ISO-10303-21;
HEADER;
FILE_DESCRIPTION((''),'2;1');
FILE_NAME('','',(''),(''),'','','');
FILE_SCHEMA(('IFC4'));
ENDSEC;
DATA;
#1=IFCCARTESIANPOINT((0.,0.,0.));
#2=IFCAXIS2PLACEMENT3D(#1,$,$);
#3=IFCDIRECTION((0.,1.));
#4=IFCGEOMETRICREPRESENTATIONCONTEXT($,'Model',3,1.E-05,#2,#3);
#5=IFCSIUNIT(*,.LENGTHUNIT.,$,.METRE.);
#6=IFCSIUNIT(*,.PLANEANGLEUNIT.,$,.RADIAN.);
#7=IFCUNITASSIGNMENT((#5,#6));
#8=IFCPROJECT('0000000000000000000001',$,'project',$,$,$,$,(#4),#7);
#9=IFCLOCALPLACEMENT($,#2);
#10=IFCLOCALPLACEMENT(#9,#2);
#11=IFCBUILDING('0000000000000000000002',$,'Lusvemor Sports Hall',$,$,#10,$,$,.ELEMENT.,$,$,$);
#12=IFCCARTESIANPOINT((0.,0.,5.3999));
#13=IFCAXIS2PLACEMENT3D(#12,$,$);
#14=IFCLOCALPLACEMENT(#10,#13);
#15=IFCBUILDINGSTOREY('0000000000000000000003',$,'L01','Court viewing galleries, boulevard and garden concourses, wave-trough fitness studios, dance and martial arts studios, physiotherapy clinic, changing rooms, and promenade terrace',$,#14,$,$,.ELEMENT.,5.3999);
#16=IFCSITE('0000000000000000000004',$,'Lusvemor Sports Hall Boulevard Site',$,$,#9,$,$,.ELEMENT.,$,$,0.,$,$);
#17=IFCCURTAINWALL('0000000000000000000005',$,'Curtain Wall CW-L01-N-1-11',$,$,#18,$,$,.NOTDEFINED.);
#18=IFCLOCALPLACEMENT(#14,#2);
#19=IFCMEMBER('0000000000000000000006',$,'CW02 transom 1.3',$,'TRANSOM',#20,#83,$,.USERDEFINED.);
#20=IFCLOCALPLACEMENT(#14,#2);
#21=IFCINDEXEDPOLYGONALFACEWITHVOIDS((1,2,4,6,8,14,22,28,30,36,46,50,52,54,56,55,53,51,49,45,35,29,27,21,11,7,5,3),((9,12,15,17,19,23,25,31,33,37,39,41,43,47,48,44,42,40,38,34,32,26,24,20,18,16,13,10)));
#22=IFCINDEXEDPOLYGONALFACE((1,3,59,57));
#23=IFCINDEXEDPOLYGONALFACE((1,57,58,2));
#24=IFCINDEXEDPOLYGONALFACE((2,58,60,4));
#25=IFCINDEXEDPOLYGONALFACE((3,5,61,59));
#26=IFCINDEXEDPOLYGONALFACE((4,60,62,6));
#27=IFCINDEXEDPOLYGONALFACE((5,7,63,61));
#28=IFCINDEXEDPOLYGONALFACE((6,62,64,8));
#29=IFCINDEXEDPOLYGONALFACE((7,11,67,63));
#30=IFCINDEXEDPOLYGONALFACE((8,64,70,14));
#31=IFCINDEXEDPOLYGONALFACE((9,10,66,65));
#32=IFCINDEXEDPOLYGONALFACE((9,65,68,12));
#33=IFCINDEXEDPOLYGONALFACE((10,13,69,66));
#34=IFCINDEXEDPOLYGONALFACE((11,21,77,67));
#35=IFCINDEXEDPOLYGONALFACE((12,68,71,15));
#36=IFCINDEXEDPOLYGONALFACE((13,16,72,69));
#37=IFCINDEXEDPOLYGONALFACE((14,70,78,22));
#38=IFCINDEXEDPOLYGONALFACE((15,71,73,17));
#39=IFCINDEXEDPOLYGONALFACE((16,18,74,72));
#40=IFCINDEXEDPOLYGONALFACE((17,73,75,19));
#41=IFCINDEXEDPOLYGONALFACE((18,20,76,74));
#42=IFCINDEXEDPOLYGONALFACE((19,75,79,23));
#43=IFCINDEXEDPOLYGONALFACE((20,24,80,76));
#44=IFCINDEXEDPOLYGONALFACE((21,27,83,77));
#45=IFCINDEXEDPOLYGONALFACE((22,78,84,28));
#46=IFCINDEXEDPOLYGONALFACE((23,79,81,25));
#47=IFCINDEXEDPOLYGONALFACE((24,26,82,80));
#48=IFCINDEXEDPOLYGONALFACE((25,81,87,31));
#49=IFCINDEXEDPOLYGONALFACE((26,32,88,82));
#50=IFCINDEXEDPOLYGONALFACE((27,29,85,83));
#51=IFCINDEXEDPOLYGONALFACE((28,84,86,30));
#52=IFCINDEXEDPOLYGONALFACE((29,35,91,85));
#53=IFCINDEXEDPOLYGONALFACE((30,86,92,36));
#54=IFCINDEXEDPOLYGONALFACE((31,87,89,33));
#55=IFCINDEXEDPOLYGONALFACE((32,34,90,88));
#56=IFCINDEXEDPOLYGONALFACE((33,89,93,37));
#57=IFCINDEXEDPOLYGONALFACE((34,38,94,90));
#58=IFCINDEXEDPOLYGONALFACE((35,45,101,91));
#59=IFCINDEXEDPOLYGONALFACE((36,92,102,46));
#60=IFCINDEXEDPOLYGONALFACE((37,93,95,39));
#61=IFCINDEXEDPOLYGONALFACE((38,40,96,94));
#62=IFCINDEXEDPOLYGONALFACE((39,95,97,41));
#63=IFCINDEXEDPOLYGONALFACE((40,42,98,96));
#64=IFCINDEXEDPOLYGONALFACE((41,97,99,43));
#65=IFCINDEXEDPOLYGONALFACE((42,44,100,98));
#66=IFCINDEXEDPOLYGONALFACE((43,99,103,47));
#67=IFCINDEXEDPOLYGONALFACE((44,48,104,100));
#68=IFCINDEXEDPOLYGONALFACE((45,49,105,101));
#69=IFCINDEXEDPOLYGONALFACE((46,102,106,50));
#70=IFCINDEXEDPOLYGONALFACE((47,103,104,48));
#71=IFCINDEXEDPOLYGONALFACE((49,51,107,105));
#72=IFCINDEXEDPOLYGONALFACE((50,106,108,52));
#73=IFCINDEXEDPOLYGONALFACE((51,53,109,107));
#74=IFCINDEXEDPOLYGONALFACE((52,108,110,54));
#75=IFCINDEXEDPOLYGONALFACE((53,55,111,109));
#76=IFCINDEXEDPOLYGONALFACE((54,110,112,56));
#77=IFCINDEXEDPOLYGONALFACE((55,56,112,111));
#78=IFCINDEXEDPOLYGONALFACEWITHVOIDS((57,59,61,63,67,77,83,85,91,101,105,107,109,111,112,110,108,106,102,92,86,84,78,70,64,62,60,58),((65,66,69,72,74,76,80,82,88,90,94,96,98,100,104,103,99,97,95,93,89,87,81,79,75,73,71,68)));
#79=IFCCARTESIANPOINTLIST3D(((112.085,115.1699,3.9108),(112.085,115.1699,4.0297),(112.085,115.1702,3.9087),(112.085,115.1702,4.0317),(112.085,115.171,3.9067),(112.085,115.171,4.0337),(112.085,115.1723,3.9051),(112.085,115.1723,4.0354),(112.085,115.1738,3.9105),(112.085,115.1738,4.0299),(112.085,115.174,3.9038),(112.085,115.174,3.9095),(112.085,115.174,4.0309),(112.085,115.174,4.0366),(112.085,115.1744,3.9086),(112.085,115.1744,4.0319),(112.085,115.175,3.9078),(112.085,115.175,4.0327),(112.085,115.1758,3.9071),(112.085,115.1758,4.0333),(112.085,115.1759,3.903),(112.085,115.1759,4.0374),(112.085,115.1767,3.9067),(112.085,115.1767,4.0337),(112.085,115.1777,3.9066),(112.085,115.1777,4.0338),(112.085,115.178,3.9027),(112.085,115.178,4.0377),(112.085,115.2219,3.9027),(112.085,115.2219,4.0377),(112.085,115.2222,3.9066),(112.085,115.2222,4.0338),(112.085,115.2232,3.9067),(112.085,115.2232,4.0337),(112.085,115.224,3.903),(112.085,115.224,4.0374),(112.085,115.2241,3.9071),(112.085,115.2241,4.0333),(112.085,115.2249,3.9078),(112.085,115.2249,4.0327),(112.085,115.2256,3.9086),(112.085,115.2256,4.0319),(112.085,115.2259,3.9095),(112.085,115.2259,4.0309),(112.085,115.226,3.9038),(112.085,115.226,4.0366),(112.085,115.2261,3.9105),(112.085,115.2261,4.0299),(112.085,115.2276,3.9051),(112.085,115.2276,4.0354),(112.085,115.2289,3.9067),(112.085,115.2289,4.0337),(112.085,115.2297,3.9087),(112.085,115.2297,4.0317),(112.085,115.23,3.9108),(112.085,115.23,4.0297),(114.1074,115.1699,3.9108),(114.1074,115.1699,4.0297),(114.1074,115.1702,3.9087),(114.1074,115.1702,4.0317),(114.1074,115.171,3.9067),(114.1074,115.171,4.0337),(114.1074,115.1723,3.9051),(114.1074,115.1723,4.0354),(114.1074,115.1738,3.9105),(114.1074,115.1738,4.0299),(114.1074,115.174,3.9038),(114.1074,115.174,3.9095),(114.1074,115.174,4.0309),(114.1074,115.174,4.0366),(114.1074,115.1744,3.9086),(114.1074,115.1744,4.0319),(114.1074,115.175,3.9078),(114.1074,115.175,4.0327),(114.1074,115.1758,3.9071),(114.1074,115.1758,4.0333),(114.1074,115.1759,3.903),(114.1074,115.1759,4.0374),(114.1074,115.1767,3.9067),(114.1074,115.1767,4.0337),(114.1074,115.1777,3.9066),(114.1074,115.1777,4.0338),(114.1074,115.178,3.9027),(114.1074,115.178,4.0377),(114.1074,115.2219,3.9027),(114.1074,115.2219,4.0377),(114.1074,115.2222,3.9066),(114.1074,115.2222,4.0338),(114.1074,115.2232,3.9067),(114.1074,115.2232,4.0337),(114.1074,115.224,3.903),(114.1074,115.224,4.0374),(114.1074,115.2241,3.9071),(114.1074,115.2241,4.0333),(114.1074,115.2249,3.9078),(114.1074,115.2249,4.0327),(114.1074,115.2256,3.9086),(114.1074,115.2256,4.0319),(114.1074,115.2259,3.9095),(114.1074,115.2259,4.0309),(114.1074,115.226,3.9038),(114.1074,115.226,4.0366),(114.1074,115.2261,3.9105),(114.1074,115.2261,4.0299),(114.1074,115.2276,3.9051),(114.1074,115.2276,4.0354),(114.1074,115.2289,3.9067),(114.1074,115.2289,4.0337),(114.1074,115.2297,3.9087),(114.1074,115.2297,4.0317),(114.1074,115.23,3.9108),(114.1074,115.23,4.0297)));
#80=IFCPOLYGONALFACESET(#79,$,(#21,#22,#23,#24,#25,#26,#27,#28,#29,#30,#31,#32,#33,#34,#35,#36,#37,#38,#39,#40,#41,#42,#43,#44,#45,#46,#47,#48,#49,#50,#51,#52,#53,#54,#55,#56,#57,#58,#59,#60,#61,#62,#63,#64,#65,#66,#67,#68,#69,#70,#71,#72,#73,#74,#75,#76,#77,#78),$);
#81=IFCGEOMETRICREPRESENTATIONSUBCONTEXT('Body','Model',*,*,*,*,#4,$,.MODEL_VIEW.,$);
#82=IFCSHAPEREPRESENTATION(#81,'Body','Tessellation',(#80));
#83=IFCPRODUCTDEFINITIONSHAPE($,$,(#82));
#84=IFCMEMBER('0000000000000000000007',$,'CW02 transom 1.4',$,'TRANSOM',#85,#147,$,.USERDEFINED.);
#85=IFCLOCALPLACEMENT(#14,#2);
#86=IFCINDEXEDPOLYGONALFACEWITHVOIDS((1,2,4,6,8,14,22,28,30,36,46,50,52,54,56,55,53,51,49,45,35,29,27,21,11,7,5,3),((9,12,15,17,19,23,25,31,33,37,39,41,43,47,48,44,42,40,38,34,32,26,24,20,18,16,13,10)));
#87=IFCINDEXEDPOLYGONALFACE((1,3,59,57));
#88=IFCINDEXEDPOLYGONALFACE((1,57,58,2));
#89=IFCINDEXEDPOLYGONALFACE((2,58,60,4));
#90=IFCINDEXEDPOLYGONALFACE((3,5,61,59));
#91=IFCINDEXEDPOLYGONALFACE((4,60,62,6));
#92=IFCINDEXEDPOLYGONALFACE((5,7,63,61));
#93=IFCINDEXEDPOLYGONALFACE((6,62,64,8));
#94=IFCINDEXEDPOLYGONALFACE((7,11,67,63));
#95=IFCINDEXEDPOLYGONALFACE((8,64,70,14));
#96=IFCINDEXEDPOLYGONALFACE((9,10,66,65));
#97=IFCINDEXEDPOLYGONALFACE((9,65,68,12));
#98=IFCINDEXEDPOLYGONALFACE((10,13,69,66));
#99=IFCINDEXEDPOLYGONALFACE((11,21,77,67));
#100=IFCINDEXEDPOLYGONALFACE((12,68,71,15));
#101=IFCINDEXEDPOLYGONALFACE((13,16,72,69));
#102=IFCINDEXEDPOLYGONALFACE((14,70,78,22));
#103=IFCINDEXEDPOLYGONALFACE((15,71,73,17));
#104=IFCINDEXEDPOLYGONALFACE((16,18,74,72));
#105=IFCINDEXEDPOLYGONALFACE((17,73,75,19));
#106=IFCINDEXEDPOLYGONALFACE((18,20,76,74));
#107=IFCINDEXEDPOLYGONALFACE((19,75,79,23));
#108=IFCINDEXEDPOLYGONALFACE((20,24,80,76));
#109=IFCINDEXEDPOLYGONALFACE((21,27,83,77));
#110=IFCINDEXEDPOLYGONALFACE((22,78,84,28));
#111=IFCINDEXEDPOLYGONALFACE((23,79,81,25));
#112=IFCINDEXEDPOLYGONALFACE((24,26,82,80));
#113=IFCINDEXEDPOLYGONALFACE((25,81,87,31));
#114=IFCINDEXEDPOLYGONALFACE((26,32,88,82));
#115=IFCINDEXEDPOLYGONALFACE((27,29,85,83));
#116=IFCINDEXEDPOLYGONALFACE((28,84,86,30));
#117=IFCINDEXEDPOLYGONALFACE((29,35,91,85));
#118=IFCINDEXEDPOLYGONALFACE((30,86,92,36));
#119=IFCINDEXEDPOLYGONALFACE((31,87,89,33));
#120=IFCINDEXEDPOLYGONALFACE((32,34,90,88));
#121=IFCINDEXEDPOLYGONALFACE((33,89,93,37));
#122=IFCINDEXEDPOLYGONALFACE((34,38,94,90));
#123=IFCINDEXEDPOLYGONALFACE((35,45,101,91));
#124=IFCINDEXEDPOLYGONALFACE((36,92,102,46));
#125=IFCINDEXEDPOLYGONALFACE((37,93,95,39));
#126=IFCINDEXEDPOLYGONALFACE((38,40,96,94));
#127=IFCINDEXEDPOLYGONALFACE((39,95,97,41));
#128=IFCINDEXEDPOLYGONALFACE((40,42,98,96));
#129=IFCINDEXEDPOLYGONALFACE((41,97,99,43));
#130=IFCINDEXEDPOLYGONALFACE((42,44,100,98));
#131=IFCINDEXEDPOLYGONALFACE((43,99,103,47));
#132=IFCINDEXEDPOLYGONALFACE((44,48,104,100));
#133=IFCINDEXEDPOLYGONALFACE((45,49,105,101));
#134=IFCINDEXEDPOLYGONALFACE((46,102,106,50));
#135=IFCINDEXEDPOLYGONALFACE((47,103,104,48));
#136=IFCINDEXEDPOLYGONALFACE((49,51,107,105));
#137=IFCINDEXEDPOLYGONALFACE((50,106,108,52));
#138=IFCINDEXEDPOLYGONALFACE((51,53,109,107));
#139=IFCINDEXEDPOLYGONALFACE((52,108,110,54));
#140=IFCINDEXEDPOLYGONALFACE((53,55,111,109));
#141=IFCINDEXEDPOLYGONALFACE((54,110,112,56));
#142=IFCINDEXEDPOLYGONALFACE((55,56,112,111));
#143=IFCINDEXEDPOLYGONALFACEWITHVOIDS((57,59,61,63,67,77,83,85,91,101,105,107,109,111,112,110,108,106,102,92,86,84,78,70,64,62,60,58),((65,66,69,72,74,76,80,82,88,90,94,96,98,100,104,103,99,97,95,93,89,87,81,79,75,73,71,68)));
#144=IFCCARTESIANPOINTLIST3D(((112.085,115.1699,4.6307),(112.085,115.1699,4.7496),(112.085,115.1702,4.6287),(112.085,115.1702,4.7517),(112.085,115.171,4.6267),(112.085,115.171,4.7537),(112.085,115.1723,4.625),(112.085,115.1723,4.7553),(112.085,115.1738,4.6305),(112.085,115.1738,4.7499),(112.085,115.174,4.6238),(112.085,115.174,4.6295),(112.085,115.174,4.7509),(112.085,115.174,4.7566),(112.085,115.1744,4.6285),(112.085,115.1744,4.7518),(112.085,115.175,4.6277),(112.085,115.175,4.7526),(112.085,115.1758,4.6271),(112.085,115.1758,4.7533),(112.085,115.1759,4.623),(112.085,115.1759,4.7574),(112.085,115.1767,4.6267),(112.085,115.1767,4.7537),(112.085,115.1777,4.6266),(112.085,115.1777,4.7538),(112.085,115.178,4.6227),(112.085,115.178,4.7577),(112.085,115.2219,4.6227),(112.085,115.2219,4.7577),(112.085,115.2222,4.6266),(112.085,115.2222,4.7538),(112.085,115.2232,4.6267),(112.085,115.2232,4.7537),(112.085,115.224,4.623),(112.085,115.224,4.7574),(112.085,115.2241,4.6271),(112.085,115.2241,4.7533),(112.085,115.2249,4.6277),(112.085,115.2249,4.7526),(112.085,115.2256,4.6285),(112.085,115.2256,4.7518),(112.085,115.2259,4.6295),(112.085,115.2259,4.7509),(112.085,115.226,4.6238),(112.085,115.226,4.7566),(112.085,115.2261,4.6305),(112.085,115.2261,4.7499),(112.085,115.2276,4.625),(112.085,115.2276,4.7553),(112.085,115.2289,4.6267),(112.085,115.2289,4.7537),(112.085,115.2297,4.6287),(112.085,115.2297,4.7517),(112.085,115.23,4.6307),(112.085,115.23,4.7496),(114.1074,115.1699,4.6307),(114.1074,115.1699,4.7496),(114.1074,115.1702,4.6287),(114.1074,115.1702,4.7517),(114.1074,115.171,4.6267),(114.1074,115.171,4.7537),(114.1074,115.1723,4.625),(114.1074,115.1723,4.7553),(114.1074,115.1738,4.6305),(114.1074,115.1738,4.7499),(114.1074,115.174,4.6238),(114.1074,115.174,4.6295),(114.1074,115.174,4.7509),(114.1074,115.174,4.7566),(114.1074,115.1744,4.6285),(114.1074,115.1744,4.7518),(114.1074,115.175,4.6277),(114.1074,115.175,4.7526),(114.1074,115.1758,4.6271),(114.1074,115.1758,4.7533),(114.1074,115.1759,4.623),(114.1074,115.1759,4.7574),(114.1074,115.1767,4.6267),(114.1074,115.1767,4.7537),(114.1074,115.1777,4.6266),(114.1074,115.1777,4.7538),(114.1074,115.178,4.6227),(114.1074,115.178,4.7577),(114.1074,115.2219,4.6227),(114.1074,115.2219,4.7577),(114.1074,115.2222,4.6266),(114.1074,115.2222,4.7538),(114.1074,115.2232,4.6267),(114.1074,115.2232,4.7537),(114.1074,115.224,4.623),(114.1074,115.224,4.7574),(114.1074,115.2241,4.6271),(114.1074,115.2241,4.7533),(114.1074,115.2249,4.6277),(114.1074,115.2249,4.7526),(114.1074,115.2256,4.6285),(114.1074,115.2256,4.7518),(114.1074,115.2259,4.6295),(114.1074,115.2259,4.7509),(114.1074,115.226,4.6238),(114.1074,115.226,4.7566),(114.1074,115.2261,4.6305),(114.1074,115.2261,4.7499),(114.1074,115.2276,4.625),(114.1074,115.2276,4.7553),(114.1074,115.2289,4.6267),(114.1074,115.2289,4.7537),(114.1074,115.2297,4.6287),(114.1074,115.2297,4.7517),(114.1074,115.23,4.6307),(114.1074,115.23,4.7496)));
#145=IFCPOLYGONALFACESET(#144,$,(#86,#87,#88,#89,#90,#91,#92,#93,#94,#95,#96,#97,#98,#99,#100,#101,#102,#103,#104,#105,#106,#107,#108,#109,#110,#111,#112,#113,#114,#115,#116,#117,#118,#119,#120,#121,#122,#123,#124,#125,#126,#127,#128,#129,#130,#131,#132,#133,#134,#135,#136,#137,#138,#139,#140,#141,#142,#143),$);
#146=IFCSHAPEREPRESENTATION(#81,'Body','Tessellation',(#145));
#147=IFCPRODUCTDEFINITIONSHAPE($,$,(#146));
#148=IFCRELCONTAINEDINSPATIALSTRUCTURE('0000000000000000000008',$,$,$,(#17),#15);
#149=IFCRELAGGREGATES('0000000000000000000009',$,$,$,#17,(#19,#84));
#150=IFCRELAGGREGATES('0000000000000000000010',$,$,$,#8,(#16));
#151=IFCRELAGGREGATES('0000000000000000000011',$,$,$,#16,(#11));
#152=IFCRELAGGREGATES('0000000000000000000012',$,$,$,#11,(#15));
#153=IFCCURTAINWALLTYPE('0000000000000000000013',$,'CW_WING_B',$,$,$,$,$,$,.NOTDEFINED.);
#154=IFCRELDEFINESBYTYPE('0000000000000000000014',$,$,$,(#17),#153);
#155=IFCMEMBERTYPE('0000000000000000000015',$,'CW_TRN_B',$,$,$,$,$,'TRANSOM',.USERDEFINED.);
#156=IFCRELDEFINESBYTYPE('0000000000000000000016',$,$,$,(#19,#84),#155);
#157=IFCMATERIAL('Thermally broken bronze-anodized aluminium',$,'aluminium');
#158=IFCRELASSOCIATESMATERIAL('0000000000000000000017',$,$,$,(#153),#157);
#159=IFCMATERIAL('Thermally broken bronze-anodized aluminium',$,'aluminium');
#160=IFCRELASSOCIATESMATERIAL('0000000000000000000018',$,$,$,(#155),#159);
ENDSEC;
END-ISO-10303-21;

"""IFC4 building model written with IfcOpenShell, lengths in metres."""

from ifc_helpers import new_model, si_unit, direction, frame, origin, origin_2d, place, context, subcontext, project, spatial, hollow_rectangle, extrude, material, material_profile, profile_set, type_object, element, aggregate, save


model = new_model("IFC4")

# Units and contexts
model_context = context("Model", 3, precision=1e-05, world=origin(), true_north=direction((0.0, 1.0)))
body_context = subcontext(model_context, "Body", "Model", "MODEL_VIEW")
ifc_project = project(units=[si_unit("LENGTHUNIT", "METRE"), si_unit("PLANEANGLEUNIT", "RADIAN")], contexts=[model_context])

# Site, building, storey
site_placement = place(None, origin())
site = spatial("IfcSite", under=ifc_project, at=site_placement, Name="Lusvemor Sports Hall Boulevard Site", CompositionType="ELEMENT", RefElevation=0.0)
building_placement = place(site_placement, origin())
building = spatial("IfcBuilding", under=site, at=building_placement, Name="Lusvemor Sports Hall", CompositionType="ELEMENT")
storey_placement = place(building_placement, frame((0.0, 0.0, 5.3999)))
storey = spatial("IfcBuildingStorey", under=building, at=storey_placement, Name="L01", Description="Court viewing galleries, boulevard and garden concourses, wave-trough fitness studios, dance and martial arts studios, physiotherapy clinic, changing rooms, and promenade terrace", CompositionType="ELEMENT", Elevation=5.3999)

# Curtain wall, members
ifc_material_1 = material(Name="Thermally broken bronze-anodized aluminium", Category="aluminium")
curtain_wall_type = type_object("IfcCurtainWallType", Name="CW_WING_B", PredefinedType="NOTDEFINED", material=ifc_material_1)
curtain_wall_placement = place(storey_placement, origin())
curtain_wall = element("IfcCurtainWall", 1, at=curtain_wall_placement, inside=storey, type_object=curtain_wall_type, Name="Curtain Wall CW-L01-N-1-11", PredefinedType="NOTDEFINED")
ifc_material_2 = material(Name="Thermally broken bronze-anodized aluminium", Category="aluminium")
ifc_material_profile_1 = material_profile(ifc_material_2, hollow_rectangle(XDim=0.0601, YDim=0.135, WallThickness=0.0039, InnerFilletRadius=0.0039, OuterFilletRadius=0.0081, at=origin_2d()), Name="CWTRN135x60x4")
ifc_profile_set_1 = profile_set([ifc_material_profile_1], Name="Thermally broken bronze-anodized aluminium")
member_type_1 = type_object("IfcMemberType", Name="CW_TRN_B", ElementType="TRANSOM", PredefinedType="USERDEFINED", material=ifc_profile_set_1)
member_1_placement = place(storey_placement, frame((112.085, 115.2, 3.9702), z_axis=(1.0, 0.0, 0.0), x_axis=(0.0, 1.0, 0.0)))
member_1 = element("IfcMember", 2, at=member_1_placement, type_object=member_type_1, Name="CW02 transom 1.3", ObjectType="TRANSOM", PredefinedType="USERDEFINED", context=body_context, shape_type="SweptSolid", body=[
    extrude(hollow_rectangle(XDim=0.0601, YDim=0.135, WallThickness=0.0039, InnerFilletRadius=0.0039, OuterFilletRadius=0.0081, at=origin_2d()), origin(), (0.0, 0.0, 1.0), 2.0225),
])
member_2_placement = place(storey_placement, frame((112.085, 115.2, 4.6902), z_axis=(1.0, 0.0, 0.0), x_axis=(0.0, 1.0, 0.0)))
member_2 = element("IfcMember", 3, at=member_2_placement, type_object=member_type_1, Name="CW02 transom 1.4", ObjectType="TRANSOM", PredefinedType="USERDEFINED", context=body_context, shape_type="SweptSolid", body=[
    extrude(hollow_rectangle(XDim=0.0601, YDim=0.135, WallThickness=0.0039, InnerFilletRadius=0.0039, OuterFilletRadius=0.0081, at=origin_2d()), origin(), (0.0, 0.0, 1.0), 2.0225),
])

aggregate(curtain_wall, [member_1, member_2])

save(model, "model.ifc")
